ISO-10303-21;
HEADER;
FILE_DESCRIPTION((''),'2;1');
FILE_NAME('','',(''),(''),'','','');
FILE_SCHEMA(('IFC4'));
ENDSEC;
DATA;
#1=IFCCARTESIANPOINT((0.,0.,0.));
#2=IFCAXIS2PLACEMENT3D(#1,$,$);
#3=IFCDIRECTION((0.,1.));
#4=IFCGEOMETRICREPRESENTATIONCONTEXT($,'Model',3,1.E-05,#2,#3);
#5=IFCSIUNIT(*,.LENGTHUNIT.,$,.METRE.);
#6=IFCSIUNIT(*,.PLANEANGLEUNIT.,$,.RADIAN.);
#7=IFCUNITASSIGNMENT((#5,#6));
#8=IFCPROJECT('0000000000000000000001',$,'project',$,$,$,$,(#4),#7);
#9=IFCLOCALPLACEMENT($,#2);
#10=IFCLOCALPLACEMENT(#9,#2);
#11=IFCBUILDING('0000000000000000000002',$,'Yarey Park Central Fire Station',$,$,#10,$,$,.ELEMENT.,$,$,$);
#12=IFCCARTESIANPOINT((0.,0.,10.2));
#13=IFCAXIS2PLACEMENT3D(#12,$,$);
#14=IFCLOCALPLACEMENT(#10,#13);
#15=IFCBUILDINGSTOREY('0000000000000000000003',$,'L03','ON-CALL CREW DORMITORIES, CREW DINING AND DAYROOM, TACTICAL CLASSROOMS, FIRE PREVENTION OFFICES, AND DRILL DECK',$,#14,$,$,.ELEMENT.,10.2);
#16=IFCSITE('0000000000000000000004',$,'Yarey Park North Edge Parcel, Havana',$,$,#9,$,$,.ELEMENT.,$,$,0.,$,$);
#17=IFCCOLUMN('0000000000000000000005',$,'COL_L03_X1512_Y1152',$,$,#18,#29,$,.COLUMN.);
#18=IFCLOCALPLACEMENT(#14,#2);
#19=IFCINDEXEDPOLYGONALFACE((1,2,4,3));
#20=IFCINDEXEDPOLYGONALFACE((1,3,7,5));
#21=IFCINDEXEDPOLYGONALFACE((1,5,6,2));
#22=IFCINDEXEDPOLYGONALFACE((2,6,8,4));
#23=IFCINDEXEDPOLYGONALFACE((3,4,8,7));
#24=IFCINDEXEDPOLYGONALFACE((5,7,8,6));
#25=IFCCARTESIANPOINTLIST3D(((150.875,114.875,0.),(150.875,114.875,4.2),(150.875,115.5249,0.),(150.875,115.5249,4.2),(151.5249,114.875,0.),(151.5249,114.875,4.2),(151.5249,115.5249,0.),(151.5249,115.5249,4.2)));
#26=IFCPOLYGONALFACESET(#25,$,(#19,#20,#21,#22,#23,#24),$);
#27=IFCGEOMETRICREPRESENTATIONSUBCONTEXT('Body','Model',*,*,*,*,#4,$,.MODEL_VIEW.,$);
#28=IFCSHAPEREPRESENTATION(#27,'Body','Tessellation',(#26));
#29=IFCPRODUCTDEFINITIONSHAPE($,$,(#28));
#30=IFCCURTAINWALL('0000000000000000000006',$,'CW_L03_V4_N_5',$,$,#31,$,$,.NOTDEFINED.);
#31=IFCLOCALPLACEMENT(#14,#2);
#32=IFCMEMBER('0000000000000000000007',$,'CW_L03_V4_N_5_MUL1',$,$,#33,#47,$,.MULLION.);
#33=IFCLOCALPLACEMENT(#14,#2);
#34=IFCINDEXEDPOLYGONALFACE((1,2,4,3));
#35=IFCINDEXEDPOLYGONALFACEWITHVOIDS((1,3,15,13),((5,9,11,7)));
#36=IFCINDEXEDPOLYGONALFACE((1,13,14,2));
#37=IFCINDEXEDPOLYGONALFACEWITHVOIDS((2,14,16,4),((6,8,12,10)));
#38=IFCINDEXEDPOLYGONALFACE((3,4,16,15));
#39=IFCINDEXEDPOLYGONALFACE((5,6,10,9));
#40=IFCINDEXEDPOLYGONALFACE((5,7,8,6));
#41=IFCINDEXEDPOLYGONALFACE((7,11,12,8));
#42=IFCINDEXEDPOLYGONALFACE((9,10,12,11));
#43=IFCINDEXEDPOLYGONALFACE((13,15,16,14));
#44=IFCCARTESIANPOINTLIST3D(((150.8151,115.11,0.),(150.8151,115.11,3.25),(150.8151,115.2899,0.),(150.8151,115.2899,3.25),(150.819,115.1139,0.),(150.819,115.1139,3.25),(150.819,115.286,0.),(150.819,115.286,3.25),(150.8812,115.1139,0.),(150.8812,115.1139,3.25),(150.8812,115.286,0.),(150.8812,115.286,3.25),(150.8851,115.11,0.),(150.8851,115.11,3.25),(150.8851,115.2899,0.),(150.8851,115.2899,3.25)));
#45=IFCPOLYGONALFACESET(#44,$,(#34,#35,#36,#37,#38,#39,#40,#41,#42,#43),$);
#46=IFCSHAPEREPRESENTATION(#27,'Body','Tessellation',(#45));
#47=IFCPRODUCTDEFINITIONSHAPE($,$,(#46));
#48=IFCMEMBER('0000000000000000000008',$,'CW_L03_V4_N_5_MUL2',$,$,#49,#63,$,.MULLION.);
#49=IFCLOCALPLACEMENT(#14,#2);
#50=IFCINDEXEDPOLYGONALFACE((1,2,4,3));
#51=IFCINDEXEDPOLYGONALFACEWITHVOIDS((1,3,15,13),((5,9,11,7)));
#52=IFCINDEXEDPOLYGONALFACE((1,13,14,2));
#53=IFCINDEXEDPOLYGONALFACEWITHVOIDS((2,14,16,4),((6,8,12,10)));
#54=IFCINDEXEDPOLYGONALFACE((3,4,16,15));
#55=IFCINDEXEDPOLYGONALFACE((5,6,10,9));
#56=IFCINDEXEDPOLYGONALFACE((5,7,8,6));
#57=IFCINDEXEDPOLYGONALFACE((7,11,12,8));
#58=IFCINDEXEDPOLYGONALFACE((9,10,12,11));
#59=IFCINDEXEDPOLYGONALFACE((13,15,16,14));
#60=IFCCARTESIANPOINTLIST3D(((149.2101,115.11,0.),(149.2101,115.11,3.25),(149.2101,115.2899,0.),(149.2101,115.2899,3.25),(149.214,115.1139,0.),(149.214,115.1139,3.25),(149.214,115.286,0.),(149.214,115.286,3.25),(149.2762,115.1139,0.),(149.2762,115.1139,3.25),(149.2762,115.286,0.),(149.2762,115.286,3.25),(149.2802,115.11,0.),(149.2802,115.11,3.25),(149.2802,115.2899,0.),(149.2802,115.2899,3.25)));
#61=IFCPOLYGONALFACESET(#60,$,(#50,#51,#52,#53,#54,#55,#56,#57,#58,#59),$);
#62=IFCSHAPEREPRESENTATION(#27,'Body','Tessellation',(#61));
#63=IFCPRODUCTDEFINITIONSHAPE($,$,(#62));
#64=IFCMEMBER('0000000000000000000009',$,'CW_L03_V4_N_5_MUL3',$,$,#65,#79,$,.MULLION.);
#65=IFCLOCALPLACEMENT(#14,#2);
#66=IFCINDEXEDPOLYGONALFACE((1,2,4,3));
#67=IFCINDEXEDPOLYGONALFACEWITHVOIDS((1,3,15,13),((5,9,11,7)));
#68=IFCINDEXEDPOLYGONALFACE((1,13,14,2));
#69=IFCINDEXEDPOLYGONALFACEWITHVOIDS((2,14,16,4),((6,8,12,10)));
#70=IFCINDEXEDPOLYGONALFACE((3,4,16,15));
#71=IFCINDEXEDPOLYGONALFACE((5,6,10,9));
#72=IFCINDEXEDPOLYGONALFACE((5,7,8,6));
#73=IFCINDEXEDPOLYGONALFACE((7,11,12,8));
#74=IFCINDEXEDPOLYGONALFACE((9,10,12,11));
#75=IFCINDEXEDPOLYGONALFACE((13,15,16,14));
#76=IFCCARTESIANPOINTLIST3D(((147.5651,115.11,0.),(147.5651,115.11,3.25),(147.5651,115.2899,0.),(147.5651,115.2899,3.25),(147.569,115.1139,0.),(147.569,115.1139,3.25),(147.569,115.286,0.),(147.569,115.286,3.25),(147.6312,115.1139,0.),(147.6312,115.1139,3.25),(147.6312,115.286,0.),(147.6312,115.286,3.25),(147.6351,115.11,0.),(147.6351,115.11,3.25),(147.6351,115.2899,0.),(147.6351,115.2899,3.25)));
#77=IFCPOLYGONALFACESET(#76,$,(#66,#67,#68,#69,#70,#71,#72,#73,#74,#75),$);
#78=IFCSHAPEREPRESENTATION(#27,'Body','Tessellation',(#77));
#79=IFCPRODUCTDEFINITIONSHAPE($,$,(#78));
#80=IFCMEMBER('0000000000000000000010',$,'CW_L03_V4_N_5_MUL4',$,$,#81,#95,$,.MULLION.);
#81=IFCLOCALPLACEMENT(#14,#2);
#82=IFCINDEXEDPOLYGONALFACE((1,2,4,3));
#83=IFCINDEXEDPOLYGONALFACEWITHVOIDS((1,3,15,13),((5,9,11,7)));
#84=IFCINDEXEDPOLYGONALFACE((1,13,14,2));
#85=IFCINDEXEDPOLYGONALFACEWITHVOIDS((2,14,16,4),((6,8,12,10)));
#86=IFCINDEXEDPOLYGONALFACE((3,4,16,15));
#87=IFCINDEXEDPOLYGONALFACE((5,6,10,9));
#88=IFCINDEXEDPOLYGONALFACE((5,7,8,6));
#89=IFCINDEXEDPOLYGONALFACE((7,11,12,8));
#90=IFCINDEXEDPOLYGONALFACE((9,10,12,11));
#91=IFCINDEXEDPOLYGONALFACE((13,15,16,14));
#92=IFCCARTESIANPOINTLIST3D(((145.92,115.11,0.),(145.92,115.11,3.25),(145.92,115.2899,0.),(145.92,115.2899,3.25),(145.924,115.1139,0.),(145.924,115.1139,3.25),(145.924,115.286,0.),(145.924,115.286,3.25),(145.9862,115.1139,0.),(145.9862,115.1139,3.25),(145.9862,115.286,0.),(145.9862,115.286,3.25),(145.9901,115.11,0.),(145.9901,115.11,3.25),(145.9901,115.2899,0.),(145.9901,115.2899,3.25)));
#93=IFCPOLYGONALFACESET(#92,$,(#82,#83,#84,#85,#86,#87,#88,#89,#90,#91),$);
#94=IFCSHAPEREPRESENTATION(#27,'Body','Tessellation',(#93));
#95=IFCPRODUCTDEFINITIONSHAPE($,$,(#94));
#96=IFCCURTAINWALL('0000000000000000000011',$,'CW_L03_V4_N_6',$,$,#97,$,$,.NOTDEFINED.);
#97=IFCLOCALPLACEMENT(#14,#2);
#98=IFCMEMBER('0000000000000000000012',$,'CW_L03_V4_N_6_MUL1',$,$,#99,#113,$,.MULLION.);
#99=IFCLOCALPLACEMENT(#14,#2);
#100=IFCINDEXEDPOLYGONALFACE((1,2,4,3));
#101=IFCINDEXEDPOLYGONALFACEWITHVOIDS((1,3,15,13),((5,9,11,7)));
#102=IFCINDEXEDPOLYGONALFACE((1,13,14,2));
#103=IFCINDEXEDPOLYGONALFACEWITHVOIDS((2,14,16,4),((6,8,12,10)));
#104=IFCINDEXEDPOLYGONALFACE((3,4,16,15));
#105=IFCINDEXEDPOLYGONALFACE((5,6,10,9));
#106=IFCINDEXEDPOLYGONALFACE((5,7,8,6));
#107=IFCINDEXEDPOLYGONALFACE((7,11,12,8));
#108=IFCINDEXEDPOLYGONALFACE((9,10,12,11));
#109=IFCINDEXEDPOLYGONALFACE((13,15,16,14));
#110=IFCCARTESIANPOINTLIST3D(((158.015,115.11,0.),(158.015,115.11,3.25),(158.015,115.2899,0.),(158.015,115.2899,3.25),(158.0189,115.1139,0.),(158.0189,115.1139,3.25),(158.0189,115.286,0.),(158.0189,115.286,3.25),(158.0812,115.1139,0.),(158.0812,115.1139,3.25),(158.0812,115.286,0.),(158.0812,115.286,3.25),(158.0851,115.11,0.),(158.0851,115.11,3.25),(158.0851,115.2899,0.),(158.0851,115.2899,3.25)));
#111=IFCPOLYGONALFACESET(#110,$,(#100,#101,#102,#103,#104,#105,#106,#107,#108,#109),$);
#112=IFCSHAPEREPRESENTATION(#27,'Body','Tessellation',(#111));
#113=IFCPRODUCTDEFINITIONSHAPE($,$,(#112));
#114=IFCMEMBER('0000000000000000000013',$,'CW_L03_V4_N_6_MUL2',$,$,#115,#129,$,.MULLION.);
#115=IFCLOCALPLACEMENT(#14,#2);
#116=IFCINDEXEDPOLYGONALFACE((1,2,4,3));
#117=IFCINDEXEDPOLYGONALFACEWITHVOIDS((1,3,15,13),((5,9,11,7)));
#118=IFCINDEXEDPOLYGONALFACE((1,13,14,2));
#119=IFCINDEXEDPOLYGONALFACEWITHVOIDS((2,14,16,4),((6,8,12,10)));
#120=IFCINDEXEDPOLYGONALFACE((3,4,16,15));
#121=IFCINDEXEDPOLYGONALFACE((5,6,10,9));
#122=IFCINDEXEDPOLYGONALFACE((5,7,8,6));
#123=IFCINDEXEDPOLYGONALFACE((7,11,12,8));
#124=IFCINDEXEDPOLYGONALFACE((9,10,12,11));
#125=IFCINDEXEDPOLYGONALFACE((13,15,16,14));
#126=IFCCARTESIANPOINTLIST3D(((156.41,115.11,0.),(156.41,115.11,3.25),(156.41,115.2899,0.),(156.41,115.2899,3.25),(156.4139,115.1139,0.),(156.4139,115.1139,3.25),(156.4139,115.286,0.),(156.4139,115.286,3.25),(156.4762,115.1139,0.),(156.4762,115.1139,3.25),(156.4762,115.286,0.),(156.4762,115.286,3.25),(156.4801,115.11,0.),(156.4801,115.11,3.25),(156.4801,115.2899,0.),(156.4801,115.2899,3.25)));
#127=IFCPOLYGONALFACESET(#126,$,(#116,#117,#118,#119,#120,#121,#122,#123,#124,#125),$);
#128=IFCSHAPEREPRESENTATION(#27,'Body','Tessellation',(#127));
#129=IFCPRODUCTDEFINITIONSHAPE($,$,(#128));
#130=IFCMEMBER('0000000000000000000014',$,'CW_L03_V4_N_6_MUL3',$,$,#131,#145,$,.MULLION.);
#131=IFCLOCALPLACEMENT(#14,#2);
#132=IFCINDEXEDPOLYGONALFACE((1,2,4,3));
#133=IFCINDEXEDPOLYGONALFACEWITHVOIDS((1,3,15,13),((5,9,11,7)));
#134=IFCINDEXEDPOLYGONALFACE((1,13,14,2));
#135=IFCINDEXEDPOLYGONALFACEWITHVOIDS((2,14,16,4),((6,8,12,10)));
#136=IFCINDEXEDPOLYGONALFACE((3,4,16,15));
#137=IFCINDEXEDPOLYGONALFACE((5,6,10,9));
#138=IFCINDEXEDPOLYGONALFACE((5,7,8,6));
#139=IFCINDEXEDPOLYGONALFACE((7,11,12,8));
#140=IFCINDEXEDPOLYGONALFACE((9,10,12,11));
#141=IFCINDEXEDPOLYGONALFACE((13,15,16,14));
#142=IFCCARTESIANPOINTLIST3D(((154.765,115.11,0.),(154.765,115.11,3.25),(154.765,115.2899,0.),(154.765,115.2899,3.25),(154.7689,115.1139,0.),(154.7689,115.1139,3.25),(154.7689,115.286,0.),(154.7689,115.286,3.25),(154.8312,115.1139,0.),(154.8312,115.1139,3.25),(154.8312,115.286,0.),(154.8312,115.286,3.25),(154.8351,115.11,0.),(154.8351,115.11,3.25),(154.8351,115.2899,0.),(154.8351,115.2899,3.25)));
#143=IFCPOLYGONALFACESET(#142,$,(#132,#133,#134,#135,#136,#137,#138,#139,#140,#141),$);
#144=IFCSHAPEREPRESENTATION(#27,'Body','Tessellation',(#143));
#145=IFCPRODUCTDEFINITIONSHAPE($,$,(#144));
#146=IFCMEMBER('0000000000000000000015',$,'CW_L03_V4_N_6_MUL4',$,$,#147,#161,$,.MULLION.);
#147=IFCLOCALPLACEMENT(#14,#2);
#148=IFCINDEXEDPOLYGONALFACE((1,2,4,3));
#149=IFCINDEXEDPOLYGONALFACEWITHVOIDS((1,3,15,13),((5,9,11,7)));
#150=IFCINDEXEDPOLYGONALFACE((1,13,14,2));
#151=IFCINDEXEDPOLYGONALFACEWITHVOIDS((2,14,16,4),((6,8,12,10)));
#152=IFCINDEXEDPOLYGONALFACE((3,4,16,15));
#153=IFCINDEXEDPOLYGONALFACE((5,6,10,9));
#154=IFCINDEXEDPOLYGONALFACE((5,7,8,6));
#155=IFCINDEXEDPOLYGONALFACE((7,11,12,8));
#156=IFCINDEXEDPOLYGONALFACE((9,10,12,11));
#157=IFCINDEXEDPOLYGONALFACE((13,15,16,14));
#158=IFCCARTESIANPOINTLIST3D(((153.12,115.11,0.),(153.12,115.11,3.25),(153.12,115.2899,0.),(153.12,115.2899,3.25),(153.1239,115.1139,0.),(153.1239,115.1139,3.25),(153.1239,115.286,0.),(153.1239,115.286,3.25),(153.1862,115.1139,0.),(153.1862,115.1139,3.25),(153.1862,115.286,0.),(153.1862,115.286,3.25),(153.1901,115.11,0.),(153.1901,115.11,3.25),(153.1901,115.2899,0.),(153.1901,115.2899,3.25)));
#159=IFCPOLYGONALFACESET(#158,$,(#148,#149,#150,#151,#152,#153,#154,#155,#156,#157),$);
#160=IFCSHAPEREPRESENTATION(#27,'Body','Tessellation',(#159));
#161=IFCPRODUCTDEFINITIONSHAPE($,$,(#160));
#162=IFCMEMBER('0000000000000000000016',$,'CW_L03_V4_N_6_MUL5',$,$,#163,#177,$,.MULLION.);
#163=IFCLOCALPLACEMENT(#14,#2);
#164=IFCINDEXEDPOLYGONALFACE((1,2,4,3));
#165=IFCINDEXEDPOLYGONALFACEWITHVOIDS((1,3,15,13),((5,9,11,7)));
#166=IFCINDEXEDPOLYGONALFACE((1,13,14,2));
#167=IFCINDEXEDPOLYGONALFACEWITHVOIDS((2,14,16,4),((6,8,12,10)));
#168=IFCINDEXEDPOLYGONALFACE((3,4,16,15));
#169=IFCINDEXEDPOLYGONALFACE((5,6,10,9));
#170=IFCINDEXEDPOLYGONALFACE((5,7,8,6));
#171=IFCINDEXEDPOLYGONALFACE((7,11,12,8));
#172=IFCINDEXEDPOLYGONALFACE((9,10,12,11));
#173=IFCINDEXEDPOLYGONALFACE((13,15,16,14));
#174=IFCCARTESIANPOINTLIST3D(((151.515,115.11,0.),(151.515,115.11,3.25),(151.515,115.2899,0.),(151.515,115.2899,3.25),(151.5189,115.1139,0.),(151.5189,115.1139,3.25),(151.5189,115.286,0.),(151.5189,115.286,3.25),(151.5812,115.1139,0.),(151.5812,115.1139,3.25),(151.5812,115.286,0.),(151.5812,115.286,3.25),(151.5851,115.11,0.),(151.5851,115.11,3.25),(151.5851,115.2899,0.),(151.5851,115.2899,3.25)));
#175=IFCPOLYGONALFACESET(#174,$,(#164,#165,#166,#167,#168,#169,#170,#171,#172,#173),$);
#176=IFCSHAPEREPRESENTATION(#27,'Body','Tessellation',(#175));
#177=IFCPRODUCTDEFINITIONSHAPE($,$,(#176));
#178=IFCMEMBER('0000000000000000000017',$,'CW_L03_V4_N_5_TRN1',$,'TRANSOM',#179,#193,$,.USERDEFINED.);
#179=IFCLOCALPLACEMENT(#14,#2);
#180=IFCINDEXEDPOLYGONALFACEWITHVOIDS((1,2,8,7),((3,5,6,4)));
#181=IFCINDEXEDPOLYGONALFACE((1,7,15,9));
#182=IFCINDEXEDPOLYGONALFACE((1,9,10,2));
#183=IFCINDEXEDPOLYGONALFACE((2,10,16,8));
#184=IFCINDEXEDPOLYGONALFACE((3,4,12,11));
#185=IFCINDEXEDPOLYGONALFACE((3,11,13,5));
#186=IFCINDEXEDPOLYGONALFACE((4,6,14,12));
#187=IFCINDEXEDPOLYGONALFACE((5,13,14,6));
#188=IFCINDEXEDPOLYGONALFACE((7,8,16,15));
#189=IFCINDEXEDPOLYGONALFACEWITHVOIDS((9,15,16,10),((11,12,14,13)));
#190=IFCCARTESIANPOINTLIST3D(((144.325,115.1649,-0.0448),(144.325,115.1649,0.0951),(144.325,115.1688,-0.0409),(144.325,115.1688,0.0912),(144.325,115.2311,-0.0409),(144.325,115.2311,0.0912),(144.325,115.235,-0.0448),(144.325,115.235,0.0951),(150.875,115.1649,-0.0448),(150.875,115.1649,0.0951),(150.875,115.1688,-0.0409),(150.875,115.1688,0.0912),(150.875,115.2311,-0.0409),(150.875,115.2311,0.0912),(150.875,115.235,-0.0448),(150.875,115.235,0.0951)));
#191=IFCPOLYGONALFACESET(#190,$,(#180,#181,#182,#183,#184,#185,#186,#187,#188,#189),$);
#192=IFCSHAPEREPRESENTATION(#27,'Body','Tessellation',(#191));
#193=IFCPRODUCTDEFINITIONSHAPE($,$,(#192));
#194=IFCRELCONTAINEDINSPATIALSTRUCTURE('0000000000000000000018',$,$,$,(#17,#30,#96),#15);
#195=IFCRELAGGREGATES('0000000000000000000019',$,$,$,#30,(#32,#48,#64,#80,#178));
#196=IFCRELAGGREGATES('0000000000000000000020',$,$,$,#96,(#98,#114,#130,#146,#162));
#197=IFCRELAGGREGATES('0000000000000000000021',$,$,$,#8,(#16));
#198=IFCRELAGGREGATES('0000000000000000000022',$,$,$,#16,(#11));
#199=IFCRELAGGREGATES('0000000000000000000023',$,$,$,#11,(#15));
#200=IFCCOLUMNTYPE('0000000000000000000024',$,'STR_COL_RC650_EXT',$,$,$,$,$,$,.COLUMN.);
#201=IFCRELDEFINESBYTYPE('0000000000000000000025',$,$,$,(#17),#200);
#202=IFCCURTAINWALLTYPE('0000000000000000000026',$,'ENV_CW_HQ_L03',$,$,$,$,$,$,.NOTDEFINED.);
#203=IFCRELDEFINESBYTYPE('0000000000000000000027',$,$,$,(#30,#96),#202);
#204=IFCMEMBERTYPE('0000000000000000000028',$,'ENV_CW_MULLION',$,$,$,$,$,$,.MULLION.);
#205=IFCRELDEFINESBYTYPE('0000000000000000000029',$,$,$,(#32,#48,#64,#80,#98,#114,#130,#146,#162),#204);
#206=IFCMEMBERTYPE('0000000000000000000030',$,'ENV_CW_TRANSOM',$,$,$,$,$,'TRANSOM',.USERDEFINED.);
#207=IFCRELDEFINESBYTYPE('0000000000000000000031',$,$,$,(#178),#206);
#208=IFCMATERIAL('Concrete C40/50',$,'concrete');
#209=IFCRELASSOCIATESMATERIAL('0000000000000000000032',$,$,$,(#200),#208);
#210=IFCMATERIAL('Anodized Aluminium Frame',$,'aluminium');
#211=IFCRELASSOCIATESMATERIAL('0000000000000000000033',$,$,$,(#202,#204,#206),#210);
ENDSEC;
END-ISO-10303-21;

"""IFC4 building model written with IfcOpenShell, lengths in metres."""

from ifc_helpers import new_model, si_unit, direction, frame, origin, origin_2d, place, context, subcontext, project, spatial, rectangle, hollow_rectangle, extrude, material, material_profile, profile_set, type_object, element, aggregate, save


model = new_model("IFC4")

# Units and contexts
model_context = context("Model", 3, precision=1e-05, world=origin(), true_north=direction((0.0, 1.0)))
body_context = subcontext(model_context, "Body", "Model", "MODEL_VIEW")
ifc_project = project(units=[si_unit("LENGTHUNIT", "METRE"), si_unit("PLANEANGLEUNIT", "RADIAN")], contexts=[model_context])

# Site, building, storey
site_placement = place(None, origin())
site = spatial("IfcSite", under=ifc_project, at=site_placement, Name="Yarey Park North Edge Parcel, Havana", CompositionType="ELEMENT", RefElevation=0.0)
building_placement = place(site_placement, origin())
building = spatial("IfcBuilding", under=site, at=building_placement, Name="Yarey Park Central Fire Station", CompositionType="ELEMENT")
storey_placement = place(building_placement, frame((0.0, 0.0, 10.2)))
storey = spatial("IfcBuildingStorey", under=building, at=storey_placement, Name="L03", Description="ON-CALL CREW DORMITORIES, CREW DINING AND DAYROOM, TACTICAL CLASSROOMS, FIRE PREVENTION OFFICES, AND DRILL DECK", CompositionType="ELEMENT", Elevation=10.2)

# Column
ifc_material_1 = material(Name="Concrete C40/50", Category="concrete")
ifc_material_profile_1 = material_profile(ifc_material_1, rectangle(XDim=0.6499, YDim=0.6499, at=origin_2d()), Name="RC 650x650")
ifc_profile_set_1 = profile_set([ifc_material_profile_1], Name="Concrete C40/50")
column_type = type_object("IfcColumnType", Name="STR_COL_RC650_EXT", PredefinedType="COLUMN", material=ifc_profile_set_1)
column_placement = place(storey_placement, frame((151.2, 115.2, 0.0), z_axis=(0.0, 0.0, 1.0), x_axis=(1.0, 0.0, 0.0)))
element("IfcColumn", 1, at=column_placement, inside=storey, type_object=column_type, Name="COL_L03_X1512_Y1152", PredefinedType="COLUMN", context=body_context, shape_type="SweptSolid", body=[
    extrude(rectangle(XDim=0.6499, YDim=0.6499, at=origin_2d()), origin(), (0.0, 0.0, 1.0), 4.2),
])

# Curtain walls, members
ifc_material_2 = material(Name="Anodized Aluminium Frame", Category="aluminium")
curtain_wall_type = type_object("IfcCurtainWallType", Name="ENV_CW_HQ_L03", PredefinedType="NOTDEFINED", material=ifc_material_2)
curtain_wall_1_placement = place(storey_placement, origin())
curtain_wall_1 = element("IfcCurtainWall", 2, at=curtain_wall_1_placement, inside=storey, type_object=curtain_wall_type, Name="CW_L03_V4_N_5", PredefinedType="NOTDEFINED")
ifc_material_profile_2 = material_profile(ifc_material_2, hollow_rectangle(XDim=0.0701, YDim=0.1799, WallThickness=0.0039, at=origin_2d()), Name="ALU 180x70x4")
ifc_profile_set_2 = profile_set([ifc_material_profile_2], Name="Anodized Aluminium Frame")
member_type_1 = type_object("IfcMemberType", Name="ENV_CW_MULLION", PredefinedType="MULLION", material=ifc_profile_set_2)
member_1_placement = place(storey_placement, frame((150.8501, 115.2, 0.0), z_axis=(0.0, 0.0, 1.0), x_axis=(1.0, 0.0, 0.0)))
member_1 = element("IfcMember", 3, at=member_1_placement, type_object=member_type_1, Name="CW_L03_V4_N_5_MUL1", PredefinedType="MULLION", context=body_context, shape_type="SweptSolid", body=[
    extrude(hollow_rectangle(XDim=0.0701, YDim=0.1799, WallThickness=0.0039, at=origin_2d()), origin(), (0.0, 0.0, 1.0), 3.25),
])
member_2_placement = place(storey_placement, frame((149.2451, 115.2, 0.0), z_axis=(0.0, 0.0, 1.0), x_axis=(1.0, 0.0, 0.0)))
member_2 = element("IfcMember", 4, at=member_2_placement, type_object=member_type_1, Name="CW_L03_V4_N_5_MUL2", PredefinedType="MULLION", context=body_context, shape_type="SweptSolid", body=[
    extrude(hollow_rectangle(XDim=0.0701, YDim=0.1799, WallThickness=0.0039, at=origin_2d()), origin(), (0.0, 0.0, 1.0), 3.25),
])
member_3_placement = place(storey_placement, frame((147.6001, 115.2, 0.0), z_axis=(0.0, 0.0, 1.0), x_axis=(1.0, 0.0, 0.0)))
member_3 = element("IfcMember", 5, at=member_3_placement, type_object=member_type_1, Name="CW_L03_V4_N_5_MUL3", PredefinedType="MULLION", context=body_context, shape_type="SweptSolid", body=[
    extrude(hollow_rectangle(XDim=0.0701, YDim=0.1799, WallThickness=0.0039, at=origin_2d()), origin(), (0.0, 0.0, 1.0), 3.25),
])
member_4_placement = place(storey_placement, frame((145.9551, 115.2, 0.0), z_axis=(0.0, 0.0, 1.0), x_axis=(1.0, 0.0, 0.0)))
member_4 = element("IfcMember", 6, at=member_4_placement, type_object=member_type_1, Name="CW_L03_V4_N_5_MUL4", PredefinedType="MULLION", context=body_context, shape_type="SweptSolid", body=[
    extrude(hollow_rectangle(XDim=0.0701, YDim=0.1799, WallThickness=0.0039, at=origin_2d()), origin(), (0.0, 0.0, 1.0), 3.25),
])
curtain_wall_2_placement = place(storey_placement, origin())
curtain_wall_2 = element("IfcCurtainWall", 7, at=curtain_wall_2_placement, inside=storey, type_object=curtain_wall_type, Name="CW_L03_V4_N_6", PredefinedType="NOTDEFINED")
member_5_placement = place(storey_placement, frame((158.05, 115.2, 0.0), z_axis=(0.0, 0.0, 1.0), x_axis=(1.0, 0.0, 0.0)))
member_5 = element("IfcMember", 8, at=member_5_placement, type_object=member_type_1, Name="CW_L03_V4_N_6_MUL1", PredefinedType="MULLION", context=body_context, shape_type="SweptSolid", body=[
    extrude(hollow_rectangle(XDim=0.0701, YDim=0.1799, WallThickness=0.0039, at=origin_2d()), origin(), (0.0, 0.0, 1.0), 3.25),
])
member_6_placement = place(storey_placement, frame((156.4451, 115.2, 0.0), z_axis=(0.0, 0.0, 1.0), x_axis=(1.0, 0.0, 0.0)))
member_6 = element("IfcMember", 9, at=member_6_placement, type_object=member_type_1, Name="CW_L03_V4_N_6_MUL2", PredefinedType="MULLION", context=body_context, shape_type="SweptSolid", body=[
    extrude(hollow_rectangle(XDim=0.0701, YDim=0.1799, WallThickness=0.0039, at=origin_2d()), origin(), (0.0, 0.0, 1.0), 3.25),
])
member_7_placement = place(storey_placement, frame((154.8, 115.2, 0.0), z_axis=(0.0, 0.0, 1.0), x_axis=(1.0, 0.0, 0.0)))
member_7 = element("IfcMember", 10, at=member_7_placement, type_object=member_type_1, Name="CW_L03_V4_N_6_MUL3", PredefinedType="MULLION", context=body_context, shape_type="SweptSolid", body=[
    extrude(hollow_rectangle(XDim=0.0701, YDim=0.1799, WallThickness=0.0039, at=origin_2d()), origin(), (0.0, 0.0, 1.0), 3.25),
])
member_8_placement = place(storey_placement, frame((153.155, 115.2, 0.0), z_axis=(0.0, 0.0, 1.0), x_axis=(1.0, 0.0, 0.0)))
member_8 = element("IfcMember", 11, at=member_8_placement, type_object=member_type_1, Name="CW_L03_V4_N_6_MUL4", PredefinedType="MULLION", context=body_context, shape_type="SweptSolid", body=[
    extrude(hollow_rectangle(XDim=0.0701, YDim=0.1799, WallThickness=0.0039, at=origin_2d()), origin(), (0.0, 0.0, 1.0), 3.25),
])
member_9_placement = place(storey_placement, frame((151.55, 115.2, 0.0), z_axis=(0.0, 0.0, 1.0), x_axis=(1.0, 0.0, 0.0)))
member_9 = element("IfcMember", 12, at=member_9_placement, type_object=member_type_1, Name="CW_L03_V4_N_6_MUL5", PredefinedType="MULLION", context=body_context, shape_type="SweptSolid", body=[
    extrude(hollow_rectangle(XDim=0.0701, YDim=0.1799, WallThickness=0.0039, at=origin_2d()), origin(), (0.0, 0.0, 1.0), 3.25),
])

# Member
ifc_material_profile_3 = material_profile(ifc_material_2, hollow_rectangle(XDim=0.0701, YDim=0.1399, WallThickness=0.0039, at=origin_2d()), Name="ALU 140x70x4")
ifc_profile_set_3 = profile_set([ifc_material_profile_3], Name="Anodized Aluminium Frame")
member_type_2 = type_object("IfcMemberType", Name="ENV_CW_TRANSOM", ElementType="TRANSOM", PredefinedType="USERDEFINED", material=ifc_profile_set_3)
member_10_placement = place(storey_placement, frame((150.875, 115.2, 0.0251), z_axis=(-1.0, 0.0, 0.0), x_axis=(0.0, -1.0, 0.0)))
member_10 = element("IfcMember", 13, at=member_10_placement, type_object=member_type_2, Name="CW_L03_V4_N_5_TRN1", ObjectType="TRANSOM", PredefinedType="USERDEFINED", context=body_context, shape_type="SweptSolid", body=[
    extrude(hollow_rectangle(XDim=0.0701, YDim=0.1399, WallThickness=0.0039, at=origin_2d()), origin(), (0.0, 0.0, 1.0), 6.55),
])

aggregate(curtain_wall_1, [member_1, member_2, member_3, member_4, member_10])
aggregate(curtain_wall_2, [member_5, member_6, member_7, member_8, member_9])

save(model, "model.ifc")
